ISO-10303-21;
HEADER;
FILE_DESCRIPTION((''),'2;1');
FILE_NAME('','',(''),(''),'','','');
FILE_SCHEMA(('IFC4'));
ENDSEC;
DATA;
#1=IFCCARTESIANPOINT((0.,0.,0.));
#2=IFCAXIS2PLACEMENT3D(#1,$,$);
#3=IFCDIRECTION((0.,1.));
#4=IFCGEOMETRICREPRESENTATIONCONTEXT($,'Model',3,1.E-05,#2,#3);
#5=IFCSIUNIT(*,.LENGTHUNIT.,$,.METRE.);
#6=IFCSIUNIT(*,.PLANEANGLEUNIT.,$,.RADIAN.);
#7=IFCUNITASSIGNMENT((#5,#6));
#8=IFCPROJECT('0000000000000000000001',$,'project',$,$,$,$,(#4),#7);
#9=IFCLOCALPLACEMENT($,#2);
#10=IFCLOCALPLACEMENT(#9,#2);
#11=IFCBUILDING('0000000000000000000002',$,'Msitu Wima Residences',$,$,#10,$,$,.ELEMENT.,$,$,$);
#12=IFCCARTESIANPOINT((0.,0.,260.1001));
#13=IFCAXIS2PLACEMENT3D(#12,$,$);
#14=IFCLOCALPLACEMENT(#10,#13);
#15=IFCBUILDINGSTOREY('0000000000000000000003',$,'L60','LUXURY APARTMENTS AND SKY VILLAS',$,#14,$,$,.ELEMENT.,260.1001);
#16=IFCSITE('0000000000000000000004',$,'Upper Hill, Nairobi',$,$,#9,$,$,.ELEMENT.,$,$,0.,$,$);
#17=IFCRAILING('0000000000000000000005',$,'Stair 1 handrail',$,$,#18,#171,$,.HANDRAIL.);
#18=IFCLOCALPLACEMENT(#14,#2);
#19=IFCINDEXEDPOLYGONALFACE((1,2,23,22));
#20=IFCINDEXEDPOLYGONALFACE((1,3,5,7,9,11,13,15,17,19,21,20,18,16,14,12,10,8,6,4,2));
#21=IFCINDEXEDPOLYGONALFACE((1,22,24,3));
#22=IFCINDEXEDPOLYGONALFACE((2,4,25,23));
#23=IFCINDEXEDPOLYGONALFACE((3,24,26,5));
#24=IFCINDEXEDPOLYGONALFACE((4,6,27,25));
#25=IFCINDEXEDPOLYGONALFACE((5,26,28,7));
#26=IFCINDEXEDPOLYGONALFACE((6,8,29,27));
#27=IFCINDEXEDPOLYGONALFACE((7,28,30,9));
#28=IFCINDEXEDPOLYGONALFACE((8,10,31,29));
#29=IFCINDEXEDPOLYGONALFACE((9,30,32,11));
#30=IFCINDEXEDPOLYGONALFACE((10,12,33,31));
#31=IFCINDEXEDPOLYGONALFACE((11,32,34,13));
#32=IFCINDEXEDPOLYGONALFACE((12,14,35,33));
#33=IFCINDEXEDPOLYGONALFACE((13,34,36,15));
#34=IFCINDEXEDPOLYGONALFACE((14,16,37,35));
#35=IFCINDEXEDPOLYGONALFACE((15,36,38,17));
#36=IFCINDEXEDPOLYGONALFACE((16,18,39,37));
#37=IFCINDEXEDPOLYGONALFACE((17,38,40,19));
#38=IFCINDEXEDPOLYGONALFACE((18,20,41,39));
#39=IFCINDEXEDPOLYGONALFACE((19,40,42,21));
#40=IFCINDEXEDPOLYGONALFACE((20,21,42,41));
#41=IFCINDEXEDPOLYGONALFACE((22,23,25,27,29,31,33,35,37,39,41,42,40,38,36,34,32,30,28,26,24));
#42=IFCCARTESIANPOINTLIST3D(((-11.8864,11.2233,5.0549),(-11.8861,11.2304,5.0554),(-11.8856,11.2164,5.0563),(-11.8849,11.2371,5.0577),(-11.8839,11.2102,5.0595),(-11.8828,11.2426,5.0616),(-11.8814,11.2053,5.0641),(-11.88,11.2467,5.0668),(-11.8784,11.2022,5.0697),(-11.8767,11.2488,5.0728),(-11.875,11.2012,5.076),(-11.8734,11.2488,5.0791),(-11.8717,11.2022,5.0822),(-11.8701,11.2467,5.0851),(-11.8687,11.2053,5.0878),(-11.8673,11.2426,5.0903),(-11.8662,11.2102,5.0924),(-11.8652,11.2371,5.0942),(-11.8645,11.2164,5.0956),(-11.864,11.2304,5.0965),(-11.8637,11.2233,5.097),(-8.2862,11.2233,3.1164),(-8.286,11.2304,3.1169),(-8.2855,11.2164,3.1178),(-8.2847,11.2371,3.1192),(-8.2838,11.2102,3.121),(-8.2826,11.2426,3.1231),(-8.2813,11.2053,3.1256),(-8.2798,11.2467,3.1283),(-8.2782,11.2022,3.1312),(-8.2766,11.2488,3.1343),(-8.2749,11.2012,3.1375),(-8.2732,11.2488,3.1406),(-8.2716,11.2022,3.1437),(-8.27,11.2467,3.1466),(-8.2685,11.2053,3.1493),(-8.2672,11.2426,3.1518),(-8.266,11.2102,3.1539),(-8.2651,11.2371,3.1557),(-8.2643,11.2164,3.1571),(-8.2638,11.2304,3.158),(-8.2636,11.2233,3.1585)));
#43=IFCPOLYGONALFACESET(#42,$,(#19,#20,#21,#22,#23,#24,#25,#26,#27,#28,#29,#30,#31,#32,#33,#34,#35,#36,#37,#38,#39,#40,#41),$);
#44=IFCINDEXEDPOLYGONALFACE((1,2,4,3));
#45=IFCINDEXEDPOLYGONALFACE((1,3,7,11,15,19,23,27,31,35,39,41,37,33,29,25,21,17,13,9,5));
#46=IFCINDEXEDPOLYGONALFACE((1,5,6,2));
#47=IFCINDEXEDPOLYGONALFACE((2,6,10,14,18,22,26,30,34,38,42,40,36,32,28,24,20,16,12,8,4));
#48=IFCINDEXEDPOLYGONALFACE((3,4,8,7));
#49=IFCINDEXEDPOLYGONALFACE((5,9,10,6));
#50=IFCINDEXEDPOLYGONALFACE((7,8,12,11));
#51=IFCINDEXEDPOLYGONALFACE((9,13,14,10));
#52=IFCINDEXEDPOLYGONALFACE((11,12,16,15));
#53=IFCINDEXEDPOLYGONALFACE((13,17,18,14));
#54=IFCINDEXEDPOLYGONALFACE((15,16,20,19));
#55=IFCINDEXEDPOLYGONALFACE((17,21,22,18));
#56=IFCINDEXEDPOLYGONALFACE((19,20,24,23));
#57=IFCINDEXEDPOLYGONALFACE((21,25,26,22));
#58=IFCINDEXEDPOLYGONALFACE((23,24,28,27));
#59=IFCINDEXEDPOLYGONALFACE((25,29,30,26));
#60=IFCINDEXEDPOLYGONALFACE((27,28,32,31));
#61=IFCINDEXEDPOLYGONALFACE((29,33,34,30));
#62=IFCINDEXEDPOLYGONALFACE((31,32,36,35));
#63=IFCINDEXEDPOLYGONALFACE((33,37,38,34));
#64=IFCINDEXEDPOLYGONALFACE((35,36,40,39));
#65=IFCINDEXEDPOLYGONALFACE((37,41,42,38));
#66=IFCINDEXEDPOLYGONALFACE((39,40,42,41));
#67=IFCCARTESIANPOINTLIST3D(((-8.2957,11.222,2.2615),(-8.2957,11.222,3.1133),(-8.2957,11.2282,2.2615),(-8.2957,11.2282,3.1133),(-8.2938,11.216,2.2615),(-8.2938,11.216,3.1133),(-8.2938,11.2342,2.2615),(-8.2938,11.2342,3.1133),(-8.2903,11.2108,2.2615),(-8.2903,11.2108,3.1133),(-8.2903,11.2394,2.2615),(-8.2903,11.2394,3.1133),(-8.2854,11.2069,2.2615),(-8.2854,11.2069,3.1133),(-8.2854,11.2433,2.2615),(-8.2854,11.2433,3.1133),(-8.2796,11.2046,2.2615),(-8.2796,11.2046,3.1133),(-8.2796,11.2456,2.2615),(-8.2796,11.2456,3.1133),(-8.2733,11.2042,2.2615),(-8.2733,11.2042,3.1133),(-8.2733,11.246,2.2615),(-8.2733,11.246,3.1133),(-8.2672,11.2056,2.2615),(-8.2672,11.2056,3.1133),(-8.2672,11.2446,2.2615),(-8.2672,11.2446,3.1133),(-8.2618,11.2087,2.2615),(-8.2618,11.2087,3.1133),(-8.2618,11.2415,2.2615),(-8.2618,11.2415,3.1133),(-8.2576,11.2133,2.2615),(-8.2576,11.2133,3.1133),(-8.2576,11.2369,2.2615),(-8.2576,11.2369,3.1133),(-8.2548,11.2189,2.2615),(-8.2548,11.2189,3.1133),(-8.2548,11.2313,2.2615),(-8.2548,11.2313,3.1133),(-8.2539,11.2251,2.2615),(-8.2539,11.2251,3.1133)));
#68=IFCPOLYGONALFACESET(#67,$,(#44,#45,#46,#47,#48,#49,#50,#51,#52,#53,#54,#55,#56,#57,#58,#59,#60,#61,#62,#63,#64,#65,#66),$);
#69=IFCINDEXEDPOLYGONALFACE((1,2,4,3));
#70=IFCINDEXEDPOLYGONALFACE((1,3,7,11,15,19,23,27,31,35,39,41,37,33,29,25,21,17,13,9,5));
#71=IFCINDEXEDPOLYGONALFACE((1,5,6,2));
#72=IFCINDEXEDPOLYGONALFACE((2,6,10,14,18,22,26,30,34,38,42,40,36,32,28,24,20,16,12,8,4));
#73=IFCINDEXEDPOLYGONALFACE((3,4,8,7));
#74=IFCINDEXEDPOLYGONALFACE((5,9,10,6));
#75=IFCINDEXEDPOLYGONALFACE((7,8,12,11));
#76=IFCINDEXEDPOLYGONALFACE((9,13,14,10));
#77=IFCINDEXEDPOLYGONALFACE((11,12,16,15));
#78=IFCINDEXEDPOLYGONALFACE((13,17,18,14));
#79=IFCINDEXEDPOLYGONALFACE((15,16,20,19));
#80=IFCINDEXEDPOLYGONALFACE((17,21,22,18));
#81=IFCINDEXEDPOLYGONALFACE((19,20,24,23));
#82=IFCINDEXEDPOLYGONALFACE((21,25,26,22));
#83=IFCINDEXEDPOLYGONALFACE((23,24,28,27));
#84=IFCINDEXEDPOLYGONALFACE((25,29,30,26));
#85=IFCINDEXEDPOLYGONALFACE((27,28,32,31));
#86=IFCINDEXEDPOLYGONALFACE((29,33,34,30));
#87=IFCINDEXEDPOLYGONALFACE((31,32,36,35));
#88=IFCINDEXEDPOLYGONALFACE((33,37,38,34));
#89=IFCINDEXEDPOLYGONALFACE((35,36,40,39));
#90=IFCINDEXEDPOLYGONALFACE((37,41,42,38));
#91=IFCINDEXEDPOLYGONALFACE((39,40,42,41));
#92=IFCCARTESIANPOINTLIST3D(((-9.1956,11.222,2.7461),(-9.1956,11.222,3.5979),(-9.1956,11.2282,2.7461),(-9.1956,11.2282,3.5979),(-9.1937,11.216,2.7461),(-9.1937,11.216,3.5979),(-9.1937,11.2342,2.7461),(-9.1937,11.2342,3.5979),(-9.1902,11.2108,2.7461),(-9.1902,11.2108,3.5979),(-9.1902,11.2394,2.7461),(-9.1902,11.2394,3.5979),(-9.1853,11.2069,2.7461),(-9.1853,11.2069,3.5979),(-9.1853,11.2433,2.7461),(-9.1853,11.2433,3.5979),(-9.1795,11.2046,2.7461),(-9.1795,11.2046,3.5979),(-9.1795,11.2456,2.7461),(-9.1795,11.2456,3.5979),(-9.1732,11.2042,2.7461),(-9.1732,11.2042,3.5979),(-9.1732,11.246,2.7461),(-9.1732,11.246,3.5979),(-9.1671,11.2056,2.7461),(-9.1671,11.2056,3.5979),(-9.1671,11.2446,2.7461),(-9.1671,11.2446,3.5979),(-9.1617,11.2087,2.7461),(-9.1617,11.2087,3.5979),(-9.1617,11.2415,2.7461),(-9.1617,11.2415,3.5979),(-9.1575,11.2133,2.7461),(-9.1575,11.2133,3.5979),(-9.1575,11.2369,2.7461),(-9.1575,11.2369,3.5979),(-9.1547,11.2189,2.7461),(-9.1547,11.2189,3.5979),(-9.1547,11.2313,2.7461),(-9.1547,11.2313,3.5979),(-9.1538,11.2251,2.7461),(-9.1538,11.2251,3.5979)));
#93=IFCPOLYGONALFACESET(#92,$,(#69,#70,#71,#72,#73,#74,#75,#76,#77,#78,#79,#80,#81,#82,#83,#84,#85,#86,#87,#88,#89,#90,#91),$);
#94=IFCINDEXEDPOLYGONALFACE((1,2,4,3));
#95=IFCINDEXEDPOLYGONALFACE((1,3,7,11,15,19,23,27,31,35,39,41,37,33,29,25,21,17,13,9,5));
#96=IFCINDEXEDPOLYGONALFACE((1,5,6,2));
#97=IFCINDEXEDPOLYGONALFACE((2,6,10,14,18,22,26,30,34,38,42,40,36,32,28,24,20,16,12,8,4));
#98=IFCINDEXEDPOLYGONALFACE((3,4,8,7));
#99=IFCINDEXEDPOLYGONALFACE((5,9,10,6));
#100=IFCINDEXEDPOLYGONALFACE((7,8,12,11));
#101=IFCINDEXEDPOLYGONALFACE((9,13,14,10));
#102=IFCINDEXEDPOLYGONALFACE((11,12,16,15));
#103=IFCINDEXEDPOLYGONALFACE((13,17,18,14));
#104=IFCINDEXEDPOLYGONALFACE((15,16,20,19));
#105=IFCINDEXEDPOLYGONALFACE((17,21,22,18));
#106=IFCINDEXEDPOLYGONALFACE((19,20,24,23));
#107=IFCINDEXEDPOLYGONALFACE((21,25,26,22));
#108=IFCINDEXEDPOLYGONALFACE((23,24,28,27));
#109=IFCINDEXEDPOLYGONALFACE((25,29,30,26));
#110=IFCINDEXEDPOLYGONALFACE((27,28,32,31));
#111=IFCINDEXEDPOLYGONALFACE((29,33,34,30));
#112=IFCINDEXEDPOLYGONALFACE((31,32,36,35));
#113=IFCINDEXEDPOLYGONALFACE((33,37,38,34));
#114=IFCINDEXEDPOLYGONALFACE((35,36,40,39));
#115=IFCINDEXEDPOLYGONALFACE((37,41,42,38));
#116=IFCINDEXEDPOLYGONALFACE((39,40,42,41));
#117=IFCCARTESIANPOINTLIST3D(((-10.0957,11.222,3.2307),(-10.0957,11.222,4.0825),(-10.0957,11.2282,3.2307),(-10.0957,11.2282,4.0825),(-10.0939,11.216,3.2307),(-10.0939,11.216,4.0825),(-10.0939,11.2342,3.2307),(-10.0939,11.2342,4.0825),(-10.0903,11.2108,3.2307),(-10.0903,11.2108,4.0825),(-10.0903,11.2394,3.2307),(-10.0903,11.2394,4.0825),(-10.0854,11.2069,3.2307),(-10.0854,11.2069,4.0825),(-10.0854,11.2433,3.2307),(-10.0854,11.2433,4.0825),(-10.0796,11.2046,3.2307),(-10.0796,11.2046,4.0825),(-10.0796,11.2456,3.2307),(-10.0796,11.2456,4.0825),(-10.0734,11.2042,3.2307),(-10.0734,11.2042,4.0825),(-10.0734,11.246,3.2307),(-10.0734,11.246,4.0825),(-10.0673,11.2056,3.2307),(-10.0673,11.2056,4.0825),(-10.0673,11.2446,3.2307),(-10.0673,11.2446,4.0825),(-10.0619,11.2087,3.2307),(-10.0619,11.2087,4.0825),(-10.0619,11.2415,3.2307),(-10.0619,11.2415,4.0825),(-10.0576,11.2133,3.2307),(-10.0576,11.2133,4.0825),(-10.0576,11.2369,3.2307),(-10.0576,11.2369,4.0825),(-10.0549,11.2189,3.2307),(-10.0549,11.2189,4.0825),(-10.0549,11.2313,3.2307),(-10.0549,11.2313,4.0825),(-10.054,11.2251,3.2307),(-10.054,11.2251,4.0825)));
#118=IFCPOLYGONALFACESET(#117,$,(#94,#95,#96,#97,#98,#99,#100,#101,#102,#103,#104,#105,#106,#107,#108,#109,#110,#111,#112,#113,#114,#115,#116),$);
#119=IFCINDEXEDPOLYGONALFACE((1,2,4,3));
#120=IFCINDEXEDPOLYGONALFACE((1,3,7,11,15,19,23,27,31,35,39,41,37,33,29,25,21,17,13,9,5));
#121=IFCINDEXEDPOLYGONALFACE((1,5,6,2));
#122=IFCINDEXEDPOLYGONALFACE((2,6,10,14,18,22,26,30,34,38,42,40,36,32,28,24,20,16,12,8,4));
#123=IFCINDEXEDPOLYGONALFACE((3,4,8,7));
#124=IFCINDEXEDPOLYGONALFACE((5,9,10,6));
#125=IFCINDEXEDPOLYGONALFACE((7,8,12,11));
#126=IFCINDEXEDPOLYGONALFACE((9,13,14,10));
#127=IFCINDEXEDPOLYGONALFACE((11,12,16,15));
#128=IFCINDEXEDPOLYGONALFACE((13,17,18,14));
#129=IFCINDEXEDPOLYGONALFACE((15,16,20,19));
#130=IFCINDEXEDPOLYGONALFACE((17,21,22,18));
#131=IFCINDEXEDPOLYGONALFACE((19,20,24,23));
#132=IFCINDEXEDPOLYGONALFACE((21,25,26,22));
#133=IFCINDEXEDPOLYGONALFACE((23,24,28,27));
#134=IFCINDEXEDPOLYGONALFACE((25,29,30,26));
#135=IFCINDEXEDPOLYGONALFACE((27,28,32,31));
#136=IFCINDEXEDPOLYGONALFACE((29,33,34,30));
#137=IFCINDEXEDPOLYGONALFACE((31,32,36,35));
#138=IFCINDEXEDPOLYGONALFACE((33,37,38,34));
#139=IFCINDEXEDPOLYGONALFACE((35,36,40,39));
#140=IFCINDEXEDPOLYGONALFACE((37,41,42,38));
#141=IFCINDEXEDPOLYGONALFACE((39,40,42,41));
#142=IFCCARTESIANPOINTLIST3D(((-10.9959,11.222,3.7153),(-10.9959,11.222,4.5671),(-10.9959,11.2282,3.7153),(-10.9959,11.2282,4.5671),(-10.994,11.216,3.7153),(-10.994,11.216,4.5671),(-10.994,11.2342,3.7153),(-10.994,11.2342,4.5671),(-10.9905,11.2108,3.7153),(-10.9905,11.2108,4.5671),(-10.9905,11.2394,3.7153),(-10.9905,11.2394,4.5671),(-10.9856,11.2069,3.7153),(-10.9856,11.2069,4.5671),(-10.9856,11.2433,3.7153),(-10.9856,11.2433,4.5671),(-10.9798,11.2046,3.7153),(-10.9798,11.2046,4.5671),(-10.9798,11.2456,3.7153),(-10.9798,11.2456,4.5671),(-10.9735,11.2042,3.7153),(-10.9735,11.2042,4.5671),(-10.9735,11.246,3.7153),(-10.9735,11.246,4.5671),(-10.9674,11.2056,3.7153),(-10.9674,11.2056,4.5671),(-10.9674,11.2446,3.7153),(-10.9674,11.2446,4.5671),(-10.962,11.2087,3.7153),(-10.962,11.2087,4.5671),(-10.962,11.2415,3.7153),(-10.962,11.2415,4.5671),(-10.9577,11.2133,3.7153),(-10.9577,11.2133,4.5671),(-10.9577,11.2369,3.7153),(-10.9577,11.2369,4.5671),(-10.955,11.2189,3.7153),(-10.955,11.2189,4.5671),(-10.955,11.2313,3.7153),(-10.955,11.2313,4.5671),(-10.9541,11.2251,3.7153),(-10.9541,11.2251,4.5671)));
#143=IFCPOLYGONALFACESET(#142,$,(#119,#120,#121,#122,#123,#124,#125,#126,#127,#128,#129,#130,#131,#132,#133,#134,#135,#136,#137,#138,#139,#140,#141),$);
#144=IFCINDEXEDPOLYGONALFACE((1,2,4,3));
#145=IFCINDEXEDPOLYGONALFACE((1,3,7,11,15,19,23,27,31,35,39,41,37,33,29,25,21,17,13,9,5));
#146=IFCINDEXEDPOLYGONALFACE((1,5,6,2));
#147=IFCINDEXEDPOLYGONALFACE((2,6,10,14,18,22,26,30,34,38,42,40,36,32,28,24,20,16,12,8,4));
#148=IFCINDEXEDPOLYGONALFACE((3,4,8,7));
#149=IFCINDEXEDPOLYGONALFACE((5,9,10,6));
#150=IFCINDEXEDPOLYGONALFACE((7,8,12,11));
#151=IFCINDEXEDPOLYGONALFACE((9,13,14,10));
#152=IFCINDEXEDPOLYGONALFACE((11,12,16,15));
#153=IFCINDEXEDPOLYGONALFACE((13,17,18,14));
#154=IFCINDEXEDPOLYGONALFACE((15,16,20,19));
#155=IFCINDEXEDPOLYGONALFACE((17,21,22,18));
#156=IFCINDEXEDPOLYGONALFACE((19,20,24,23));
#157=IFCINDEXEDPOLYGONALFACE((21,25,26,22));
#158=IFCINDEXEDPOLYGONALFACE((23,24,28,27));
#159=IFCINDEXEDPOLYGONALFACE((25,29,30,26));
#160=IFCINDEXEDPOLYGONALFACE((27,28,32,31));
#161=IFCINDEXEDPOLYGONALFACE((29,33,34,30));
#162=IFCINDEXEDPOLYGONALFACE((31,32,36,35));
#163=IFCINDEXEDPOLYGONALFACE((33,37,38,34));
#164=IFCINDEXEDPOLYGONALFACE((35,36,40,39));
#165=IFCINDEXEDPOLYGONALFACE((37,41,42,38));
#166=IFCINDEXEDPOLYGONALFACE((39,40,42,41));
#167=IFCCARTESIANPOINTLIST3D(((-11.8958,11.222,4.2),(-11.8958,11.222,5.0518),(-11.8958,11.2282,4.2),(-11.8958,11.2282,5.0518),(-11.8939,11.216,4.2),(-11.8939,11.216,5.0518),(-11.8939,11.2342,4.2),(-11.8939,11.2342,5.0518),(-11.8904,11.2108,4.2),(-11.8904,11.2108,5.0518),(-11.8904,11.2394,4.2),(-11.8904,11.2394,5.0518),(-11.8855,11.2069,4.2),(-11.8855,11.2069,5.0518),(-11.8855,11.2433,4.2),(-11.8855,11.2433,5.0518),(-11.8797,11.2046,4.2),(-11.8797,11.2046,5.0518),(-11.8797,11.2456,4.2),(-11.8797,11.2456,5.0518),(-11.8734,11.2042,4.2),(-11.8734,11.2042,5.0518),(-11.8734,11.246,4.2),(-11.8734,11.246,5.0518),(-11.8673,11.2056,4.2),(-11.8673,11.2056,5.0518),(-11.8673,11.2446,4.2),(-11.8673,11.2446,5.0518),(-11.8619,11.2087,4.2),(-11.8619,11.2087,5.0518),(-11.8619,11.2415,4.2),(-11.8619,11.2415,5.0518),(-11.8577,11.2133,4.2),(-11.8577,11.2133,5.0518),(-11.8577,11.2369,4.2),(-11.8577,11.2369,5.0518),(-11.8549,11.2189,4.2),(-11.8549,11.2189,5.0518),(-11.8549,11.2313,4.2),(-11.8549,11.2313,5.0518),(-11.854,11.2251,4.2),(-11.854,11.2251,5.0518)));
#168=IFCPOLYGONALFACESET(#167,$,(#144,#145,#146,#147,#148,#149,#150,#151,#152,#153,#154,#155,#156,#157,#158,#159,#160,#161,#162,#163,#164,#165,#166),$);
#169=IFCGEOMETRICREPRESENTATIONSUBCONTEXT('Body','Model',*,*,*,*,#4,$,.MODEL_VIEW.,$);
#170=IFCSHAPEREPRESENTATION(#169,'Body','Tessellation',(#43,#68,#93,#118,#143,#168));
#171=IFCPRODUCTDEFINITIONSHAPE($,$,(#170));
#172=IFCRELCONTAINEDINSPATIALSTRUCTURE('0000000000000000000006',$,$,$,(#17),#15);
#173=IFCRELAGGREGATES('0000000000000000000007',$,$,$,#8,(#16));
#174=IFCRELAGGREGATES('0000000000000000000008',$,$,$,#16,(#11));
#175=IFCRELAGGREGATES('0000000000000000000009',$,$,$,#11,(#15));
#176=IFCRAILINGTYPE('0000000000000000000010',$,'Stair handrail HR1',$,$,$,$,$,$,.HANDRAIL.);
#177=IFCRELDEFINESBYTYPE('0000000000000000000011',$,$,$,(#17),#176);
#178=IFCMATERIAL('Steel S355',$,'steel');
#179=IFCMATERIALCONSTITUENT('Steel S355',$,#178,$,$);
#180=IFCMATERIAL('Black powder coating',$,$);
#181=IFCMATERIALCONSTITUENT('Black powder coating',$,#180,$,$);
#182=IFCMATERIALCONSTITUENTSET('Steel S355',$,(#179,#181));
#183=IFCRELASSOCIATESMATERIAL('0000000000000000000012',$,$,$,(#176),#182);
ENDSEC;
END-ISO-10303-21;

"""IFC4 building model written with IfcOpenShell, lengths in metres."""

from ifc_helpers import new_model, si_unit, direction, frame, origin, origin_2d, place, context, subcontext, project, spatial, circle, extrude, material, constituent, constituent_set, type_object, element, save


model = new_model("IFC4")

# Units and contexts
model_context = context("Model", 3, precision=1e-05, world=origin(), true_north=direction((0.0, 1.0)))
body_context = subcontext(model_context, "Body", "Model", "MODEL_VIEW")
ifc_project = project(units=[si_unit("LENGTHUNIT", "METRE"), si_unit("PLANEANGLEUNIT", "RADIAN")], contexts=[model_context])

# Site, building, storey
site_placement = place(None, origin())
site = spatial("IfcSite", under=ifc_project, at=site_placement, Name="Upper Hill, Nairobi", CompositionType="ELEMENT", RefElevation=0.0)
building_placement = place(site_placement, origin())
building = spatial("IfcBuilding", under=site, at=building_placement, Name="Msitu Wima Residences", CompositionType="ELEMENT")
storey_placement = place(building_placement, frame((0.0, 0.0, 260.1001)))
storey = spatial("IfcBuildingStorey", under=building, at=storey_placement, Name="L60", Description="LUXURY APARTMENTS AND SKY VILLAS", CompositionType="ELEMENT", Elevation=260.1001)

# Railing
ifc_material_1 = material(Name="Steel S355", Category="steel")
ifc_constituent_1 = constituent(ifc_material_1, Name="Steel S355")
ifc_material_2 = material(Name="Black powder coating")
ifc_constituent_2 = constituent(ifc_material_2, Name="Black powder coating")
ifc_constituent_set = constituent_set(constituents=[ifc_constituent_1, ifc_constituent_2], Name="Steel S355")
railing_type = type_object("IfcRailingType", Name="Stair handrail HR1", PredefinedType="HANDRAIL", material=ifc_constituent_set)
for number, where, name in (
    (1, (-8.2749, 11.2251, 2.2615), "Stair 1 handrail"),
):
    element("IfcRailing", number, at=place(storey_placement, frame(where)), inside=storey, type_object=railing_type, Name=name, PredefinedType="HANDRAIL", context=body_context, shape_type="SweptSolid", body=[
        extrude(circle(Radius=0.0239, at=origin_2d()), frame((0.0, 0.0, 0.876), z_axis=(-0.880475, 0.0, 0.474093), x_axis=(0.0, -1.0, 0.0)), (0.0, 0.0, 1.0), 4.0889),
        extrude(circle(Radius=0.021, at=origin_2d()), origin(), (0.0, 0.0, 1.0), 0.8518),
        extrude(circle(Radius=0.021, at=origin_2d()), frame((-0.8999, 0.0, 0.4846)), (0.0, 0.0, 1.0), 0.8518),
        extrude(circle(Radius=0.021, at=origin_2d()), frame((-1.8, 0.0, 0.9692)), (0.0, 0.0, 1.0), 0.8518),
        extrude(circle(Radius=0.021, at=origin_2d()), frame((-2.7002, 0.0, 1.4539)), (0.0, 0.0, 1.0), 0.8518),
        extrude(circle(Radius=0.021, at=origin_2d()), frame((-3.6001, 0.0, 1.9385)), (0.0, 0.0, 1.0), 0.8518),
    ])

save(model, "model.ifc")
